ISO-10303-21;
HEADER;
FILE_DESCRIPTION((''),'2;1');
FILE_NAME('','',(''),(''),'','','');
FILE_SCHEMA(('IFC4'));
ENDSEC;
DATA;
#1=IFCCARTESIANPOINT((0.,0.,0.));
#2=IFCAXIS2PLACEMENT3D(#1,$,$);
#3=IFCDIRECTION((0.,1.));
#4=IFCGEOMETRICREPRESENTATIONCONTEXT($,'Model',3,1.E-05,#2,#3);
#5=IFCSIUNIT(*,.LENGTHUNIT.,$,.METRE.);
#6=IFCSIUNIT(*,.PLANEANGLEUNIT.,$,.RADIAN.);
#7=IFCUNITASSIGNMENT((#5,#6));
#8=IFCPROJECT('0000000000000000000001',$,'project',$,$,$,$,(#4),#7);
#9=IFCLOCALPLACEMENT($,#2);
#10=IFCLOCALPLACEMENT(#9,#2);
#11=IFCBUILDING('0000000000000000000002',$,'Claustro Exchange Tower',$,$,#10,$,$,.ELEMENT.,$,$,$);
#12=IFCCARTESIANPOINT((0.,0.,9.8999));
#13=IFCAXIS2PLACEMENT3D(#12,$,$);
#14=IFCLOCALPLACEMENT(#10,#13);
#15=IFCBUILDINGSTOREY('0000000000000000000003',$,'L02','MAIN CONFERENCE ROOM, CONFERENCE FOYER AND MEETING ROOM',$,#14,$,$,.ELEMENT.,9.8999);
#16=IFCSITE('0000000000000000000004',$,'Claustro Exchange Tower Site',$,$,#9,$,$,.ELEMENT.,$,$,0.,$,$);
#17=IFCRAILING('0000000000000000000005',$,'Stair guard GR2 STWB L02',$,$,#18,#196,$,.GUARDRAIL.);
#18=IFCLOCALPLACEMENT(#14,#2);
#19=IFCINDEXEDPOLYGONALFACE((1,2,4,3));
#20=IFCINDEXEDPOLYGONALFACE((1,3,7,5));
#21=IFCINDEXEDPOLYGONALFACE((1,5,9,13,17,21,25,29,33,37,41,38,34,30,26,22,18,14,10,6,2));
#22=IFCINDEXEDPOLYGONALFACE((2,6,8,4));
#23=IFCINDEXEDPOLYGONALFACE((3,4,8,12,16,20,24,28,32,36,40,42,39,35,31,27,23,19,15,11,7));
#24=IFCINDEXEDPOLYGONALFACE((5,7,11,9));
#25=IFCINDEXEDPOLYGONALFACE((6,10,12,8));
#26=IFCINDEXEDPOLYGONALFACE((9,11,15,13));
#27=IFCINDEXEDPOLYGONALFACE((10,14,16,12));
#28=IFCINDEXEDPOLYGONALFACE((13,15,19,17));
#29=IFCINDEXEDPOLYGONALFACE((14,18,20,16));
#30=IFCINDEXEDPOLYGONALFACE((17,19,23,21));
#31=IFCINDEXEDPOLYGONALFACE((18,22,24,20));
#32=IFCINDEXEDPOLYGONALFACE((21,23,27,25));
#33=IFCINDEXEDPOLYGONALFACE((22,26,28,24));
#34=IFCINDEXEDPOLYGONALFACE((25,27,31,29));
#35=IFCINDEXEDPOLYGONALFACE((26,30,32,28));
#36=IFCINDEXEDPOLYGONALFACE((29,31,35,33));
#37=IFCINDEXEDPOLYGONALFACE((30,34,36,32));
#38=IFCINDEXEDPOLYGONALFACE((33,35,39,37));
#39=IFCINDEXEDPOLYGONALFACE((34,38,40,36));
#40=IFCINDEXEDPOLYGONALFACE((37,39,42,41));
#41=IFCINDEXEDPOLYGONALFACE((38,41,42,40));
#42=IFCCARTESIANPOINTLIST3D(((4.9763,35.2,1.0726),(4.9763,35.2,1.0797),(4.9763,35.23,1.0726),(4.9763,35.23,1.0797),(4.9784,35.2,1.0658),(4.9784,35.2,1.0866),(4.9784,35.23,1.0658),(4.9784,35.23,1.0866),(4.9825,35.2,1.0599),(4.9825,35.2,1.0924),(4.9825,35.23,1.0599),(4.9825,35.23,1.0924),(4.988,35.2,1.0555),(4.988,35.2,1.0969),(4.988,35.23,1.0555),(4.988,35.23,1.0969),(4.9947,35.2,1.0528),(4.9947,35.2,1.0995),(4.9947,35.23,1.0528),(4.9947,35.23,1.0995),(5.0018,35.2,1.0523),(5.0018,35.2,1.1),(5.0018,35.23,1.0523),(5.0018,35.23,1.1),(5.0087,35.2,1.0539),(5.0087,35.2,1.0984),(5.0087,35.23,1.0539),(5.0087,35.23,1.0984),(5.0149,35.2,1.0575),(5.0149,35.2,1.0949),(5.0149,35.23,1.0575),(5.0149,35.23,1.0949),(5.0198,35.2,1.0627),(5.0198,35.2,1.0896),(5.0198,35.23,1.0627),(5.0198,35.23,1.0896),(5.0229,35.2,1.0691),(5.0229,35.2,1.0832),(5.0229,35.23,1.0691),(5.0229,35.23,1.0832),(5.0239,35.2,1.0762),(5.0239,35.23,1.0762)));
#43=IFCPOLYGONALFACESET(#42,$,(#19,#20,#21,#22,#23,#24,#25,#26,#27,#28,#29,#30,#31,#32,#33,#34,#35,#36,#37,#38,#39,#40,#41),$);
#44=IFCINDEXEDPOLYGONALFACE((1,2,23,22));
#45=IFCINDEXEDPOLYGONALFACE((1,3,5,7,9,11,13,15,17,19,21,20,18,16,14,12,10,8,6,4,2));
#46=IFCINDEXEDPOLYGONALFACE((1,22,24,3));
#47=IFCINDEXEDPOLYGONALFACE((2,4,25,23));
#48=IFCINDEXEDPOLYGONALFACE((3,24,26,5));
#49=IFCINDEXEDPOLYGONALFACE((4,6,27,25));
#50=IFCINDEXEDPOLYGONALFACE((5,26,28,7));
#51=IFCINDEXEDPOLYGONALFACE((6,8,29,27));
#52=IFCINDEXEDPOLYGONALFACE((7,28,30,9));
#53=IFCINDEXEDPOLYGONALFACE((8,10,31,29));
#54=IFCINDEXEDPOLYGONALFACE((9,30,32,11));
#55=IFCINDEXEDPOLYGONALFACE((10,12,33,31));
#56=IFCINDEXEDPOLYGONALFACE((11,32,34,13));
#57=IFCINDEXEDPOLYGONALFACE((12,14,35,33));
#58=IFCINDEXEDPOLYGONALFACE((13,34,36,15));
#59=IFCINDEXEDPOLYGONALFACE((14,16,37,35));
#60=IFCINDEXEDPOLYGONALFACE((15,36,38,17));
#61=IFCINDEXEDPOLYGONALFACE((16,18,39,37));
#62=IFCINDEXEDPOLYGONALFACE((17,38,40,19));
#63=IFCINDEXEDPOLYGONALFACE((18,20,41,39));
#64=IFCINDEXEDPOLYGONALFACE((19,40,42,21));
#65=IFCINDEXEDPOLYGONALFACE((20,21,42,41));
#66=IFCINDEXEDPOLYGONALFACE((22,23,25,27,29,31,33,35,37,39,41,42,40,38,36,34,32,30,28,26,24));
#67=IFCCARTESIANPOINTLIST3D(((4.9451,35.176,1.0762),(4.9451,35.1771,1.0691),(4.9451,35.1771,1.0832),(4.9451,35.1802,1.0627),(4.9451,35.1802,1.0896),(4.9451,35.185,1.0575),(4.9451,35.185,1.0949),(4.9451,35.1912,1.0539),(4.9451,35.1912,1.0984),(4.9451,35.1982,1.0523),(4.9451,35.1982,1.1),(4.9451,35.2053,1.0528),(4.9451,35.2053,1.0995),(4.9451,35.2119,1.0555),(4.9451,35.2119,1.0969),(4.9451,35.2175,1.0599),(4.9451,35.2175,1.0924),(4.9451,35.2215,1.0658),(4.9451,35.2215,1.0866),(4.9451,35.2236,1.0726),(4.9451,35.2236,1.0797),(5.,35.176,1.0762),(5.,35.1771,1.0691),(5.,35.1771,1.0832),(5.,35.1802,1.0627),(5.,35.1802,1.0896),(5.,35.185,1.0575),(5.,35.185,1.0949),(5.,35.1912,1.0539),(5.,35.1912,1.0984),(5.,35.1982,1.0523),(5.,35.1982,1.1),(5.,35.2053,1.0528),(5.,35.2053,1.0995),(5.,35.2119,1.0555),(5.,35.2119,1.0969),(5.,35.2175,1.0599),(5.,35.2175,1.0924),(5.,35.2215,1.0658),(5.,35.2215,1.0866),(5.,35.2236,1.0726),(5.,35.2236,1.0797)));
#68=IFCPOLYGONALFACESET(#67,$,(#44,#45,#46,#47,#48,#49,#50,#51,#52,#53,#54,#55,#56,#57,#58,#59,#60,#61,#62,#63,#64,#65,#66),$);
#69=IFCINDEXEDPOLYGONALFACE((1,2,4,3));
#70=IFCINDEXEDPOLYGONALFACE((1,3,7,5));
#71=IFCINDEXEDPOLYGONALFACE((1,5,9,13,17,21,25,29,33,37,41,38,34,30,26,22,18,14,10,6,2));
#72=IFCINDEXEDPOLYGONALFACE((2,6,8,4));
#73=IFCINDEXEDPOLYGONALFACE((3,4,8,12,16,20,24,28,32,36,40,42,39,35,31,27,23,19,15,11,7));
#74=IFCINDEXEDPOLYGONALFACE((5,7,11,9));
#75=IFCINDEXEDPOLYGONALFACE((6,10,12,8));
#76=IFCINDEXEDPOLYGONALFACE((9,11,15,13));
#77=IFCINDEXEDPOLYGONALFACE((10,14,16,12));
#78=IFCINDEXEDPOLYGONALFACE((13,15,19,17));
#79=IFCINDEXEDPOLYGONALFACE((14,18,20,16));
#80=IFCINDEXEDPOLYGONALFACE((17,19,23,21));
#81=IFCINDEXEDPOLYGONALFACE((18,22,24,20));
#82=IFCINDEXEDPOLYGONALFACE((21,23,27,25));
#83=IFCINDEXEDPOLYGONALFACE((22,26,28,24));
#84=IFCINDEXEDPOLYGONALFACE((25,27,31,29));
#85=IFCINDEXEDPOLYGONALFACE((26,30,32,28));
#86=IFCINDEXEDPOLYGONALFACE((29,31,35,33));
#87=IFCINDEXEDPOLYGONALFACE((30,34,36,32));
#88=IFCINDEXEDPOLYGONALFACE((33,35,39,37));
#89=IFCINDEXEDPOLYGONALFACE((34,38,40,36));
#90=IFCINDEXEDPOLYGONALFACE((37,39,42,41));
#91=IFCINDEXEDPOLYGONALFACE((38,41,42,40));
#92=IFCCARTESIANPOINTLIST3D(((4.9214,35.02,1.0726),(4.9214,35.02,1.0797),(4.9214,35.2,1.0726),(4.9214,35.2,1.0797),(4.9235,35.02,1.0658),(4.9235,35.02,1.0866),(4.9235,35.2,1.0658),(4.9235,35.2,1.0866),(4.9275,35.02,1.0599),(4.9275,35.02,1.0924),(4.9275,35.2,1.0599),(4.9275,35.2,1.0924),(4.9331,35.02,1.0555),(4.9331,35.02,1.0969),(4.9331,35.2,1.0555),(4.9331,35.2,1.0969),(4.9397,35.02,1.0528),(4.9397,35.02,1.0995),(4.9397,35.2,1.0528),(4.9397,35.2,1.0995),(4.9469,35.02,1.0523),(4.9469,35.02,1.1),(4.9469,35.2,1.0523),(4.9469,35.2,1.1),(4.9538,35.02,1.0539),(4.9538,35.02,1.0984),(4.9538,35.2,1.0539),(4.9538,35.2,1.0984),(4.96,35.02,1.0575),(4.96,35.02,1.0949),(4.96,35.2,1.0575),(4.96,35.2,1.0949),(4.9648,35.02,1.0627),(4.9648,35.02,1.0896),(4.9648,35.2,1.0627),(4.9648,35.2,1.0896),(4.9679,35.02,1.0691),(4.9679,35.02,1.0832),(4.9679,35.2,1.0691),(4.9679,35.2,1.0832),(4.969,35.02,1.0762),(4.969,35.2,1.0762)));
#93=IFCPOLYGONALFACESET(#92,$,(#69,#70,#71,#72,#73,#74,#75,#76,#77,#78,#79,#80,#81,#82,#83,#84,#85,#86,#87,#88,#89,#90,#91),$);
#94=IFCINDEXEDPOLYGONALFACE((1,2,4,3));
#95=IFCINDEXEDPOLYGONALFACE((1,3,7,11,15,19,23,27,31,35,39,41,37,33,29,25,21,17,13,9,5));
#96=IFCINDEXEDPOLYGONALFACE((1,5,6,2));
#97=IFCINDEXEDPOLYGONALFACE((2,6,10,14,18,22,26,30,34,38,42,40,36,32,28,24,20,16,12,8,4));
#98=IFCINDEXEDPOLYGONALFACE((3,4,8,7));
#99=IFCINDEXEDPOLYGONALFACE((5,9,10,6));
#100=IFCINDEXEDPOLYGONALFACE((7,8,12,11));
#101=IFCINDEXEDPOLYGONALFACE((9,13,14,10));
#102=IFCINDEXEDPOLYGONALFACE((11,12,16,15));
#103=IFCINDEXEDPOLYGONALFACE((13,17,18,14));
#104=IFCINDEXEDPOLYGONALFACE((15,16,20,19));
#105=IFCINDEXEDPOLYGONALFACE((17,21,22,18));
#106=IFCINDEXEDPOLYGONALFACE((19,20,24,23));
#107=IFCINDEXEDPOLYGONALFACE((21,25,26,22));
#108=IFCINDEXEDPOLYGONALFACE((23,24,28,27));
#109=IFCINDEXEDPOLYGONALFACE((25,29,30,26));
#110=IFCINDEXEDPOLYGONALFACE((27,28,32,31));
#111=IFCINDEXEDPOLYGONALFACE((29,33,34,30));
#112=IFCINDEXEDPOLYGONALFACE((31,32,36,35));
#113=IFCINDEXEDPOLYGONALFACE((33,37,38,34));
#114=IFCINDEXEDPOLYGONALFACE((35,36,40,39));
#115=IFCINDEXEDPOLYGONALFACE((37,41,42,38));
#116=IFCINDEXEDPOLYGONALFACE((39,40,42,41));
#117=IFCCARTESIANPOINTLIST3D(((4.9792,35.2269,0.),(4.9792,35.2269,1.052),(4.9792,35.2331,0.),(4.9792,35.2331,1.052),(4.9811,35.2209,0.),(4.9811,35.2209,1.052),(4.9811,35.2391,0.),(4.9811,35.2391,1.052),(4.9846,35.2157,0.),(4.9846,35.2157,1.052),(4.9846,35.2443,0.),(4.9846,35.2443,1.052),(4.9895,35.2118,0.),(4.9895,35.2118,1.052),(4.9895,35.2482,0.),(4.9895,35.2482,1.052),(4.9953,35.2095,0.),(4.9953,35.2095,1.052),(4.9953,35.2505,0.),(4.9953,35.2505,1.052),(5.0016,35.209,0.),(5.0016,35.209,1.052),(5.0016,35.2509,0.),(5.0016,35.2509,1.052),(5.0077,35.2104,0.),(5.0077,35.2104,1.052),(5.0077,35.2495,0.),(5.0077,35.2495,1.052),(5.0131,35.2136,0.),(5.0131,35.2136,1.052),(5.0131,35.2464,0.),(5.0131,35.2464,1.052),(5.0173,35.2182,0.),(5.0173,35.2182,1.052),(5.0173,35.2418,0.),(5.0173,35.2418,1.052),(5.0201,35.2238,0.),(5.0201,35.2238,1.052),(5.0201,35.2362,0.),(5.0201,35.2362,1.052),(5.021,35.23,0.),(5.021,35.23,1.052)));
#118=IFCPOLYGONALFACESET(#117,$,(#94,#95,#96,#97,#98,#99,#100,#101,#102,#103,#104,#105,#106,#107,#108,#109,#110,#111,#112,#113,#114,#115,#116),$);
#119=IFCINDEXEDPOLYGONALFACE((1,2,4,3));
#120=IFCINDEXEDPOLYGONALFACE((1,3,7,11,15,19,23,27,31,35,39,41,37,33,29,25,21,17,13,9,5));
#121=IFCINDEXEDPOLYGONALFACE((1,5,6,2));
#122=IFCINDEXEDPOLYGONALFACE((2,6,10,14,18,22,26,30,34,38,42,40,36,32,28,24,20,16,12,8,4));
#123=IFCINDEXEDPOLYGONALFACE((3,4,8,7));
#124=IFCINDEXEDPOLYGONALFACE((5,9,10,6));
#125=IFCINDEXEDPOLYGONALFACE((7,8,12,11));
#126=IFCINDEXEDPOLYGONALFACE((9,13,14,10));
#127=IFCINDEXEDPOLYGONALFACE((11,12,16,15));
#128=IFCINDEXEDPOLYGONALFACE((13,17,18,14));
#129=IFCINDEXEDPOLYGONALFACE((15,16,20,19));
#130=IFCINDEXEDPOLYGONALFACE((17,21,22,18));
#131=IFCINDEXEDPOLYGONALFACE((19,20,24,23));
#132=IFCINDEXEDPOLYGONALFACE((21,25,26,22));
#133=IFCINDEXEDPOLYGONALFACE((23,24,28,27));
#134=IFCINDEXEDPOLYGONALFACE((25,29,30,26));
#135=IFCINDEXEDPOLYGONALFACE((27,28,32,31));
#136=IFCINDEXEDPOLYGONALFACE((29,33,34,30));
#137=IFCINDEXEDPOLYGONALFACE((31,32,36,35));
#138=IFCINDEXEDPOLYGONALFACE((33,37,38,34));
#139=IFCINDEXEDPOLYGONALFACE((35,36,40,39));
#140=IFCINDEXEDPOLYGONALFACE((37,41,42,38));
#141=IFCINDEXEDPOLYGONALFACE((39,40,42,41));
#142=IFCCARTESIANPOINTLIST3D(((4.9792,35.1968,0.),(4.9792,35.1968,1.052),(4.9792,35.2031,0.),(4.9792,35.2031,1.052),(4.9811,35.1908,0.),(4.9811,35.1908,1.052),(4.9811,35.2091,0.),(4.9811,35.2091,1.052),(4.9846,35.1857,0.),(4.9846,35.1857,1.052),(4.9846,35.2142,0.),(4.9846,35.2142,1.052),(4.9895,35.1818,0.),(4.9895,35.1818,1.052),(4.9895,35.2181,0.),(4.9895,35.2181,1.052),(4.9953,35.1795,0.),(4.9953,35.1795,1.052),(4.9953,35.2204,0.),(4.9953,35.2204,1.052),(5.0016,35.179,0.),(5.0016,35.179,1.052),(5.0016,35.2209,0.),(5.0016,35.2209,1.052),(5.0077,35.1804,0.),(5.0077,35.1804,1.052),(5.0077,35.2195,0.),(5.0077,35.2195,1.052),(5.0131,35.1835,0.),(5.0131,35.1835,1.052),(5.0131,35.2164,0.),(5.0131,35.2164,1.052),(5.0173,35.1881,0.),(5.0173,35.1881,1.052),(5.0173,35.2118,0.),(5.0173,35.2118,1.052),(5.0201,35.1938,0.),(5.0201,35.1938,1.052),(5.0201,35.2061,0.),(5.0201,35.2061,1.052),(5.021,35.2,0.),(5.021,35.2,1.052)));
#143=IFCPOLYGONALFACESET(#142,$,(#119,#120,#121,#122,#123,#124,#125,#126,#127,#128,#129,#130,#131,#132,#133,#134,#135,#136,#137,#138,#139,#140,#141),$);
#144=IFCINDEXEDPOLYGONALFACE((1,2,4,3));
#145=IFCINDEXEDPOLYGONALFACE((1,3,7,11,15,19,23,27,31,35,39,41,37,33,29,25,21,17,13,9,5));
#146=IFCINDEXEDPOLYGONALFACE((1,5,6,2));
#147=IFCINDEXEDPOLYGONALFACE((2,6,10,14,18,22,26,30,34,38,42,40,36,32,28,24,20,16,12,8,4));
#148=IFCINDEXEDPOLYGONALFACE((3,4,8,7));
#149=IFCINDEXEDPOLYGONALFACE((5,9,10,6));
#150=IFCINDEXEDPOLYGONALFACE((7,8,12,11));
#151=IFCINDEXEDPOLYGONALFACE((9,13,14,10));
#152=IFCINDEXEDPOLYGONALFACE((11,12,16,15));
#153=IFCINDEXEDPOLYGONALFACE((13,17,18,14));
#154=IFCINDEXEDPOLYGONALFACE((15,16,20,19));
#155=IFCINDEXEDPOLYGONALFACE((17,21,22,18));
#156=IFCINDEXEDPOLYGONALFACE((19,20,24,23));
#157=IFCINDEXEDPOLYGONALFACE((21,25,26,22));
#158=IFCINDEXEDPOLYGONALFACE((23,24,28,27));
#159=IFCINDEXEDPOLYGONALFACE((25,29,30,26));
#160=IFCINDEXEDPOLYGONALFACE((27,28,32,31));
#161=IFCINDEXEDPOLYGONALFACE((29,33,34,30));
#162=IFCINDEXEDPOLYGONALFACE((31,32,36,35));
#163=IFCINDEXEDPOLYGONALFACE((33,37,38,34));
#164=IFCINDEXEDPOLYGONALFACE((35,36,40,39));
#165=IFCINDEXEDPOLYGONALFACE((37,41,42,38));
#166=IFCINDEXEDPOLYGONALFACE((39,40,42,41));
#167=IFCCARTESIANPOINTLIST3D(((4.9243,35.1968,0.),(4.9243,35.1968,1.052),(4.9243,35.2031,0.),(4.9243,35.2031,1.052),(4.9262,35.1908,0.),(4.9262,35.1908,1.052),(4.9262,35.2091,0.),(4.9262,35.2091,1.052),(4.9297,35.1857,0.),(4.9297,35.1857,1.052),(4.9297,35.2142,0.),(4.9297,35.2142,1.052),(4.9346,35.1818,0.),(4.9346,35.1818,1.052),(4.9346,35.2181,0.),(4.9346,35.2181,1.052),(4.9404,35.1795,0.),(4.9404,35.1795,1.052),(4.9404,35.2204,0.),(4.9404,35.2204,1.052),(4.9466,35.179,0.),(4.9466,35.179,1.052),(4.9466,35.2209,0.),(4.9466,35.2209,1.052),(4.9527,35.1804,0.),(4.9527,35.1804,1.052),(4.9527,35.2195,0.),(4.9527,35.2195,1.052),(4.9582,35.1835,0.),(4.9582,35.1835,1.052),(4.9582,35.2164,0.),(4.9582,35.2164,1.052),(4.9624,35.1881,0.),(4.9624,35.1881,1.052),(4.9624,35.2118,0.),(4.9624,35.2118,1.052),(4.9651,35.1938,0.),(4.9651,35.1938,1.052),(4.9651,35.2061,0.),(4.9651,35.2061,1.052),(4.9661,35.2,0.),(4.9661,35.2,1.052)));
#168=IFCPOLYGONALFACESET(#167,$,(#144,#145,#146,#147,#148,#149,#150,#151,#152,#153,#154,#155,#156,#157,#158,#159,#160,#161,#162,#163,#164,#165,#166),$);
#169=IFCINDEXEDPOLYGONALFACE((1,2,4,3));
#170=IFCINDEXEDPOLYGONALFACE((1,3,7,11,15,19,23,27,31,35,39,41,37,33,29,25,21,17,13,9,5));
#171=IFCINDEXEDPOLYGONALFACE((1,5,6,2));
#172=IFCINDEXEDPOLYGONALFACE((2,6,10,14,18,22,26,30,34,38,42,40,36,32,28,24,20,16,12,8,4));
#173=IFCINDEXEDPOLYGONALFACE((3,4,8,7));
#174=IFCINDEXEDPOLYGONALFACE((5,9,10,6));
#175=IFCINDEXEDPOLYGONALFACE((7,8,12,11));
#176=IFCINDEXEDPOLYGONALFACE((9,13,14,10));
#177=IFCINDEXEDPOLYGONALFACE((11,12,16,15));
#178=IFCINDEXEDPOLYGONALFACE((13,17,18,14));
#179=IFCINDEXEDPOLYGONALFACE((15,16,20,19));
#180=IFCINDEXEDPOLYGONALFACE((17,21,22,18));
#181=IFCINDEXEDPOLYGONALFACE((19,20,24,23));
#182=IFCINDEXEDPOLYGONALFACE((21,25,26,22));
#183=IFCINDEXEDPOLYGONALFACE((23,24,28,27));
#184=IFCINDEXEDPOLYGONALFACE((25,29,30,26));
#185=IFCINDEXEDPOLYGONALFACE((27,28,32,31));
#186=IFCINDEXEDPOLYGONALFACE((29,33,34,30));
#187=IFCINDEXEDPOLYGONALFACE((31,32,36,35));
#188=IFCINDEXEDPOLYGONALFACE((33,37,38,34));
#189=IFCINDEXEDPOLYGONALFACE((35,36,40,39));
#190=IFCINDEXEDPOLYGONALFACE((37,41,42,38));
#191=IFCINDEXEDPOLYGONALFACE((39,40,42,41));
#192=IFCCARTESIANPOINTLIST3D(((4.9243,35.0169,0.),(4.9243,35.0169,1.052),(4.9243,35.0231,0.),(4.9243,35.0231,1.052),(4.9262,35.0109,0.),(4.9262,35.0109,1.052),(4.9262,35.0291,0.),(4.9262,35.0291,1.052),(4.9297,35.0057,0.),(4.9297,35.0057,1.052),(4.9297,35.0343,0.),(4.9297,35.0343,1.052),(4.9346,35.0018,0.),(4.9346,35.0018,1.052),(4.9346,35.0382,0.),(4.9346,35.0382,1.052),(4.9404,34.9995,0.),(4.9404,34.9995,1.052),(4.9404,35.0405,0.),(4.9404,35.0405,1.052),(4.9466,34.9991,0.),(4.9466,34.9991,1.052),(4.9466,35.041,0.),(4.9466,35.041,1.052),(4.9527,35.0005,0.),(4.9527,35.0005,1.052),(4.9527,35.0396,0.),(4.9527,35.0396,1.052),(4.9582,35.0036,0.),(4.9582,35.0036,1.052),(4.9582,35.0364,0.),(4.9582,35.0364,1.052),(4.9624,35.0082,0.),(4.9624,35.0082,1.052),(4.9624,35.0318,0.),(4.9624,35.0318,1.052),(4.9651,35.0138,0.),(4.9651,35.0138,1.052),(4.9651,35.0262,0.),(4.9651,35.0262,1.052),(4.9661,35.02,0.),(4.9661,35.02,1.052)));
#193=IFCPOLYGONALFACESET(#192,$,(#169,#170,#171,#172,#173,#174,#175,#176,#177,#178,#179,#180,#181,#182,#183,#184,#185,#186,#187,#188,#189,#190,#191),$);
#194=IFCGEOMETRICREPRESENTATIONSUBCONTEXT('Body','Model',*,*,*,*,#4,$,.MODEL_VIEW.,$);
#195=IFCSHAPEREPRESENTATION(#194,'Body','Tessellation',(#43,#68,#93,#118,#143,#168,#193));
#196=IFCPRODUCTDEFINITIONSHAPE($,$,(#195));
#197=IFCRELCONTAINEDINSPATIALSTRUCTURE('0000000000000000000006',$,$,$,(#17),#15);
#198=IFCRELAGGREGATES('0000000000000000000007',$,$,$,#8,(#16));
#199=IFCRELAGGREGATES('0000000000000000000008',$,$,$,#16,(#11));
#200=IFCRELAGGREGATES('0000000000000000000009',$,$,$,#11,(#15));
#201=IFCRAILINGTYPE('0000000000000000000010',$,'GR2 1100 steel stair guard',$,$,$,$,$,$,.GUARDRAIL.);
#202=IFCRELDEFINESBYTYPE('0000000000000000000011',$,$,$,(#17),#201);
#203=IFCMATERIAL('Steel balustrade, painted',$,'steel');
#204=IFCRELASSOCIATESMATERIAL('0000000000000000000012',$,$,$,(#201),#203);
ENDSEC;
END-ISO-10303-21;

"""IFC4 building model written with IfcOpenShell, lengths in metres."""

from ifc_helpers import new_model, si_unit, direction, frame, origin, origin_2d, place, context, subcontext, project, spatial, circle, extrude, material, type_object, element, save


model = new_model("IFC4")

# Units and contexts
model_context = context("Model", 3, precision=1e-05, world=origin(), true_north=direction((0.0, 1.0)))
body_context = subcontext(model_context, "Body", "Model", "MODEL_VIEW")
ifc_project = project(units=[si_unit("LENGTHUNIT", "METRE"), si_unit("PLANEANGLEUNIT", "RADIAN")], contexts=[model_context])

# Site, building, storey
site_placement = place(None, origin())
site = spatial("IfcSite", under=ifc_project, at=site_placement, Name="Claustro Exchange Tower Site", CompositionType="ELEMENT", RefElevation=0.0)
building_placement = place(site_placement, origin())
building = spatial("IfcBuilding", under=site, at=building_placement, Name="Claustro Exchange Tower", CompositionType="ELEMENT")
storey_placement = place(building_placement, frame((0.0, 0.0, 9.8999)))
storey = spatial("IfcBuildingStorey", under=building, at=storey_placement, Name="L02", Description="MAIN CONFERENCE ROOM, CONFERENCE FOYER AND MEETING ROOM", CompositionType="ELEMENT", Elevation=9.8999)

# Railing
ifc_material_1 = material(Name="Steel balustrade, painted", Category="steel")
railing_type_1 = type_object("IfcRailingType", Name="GR2 1100 steel stair guard", PredefinedType="GUARDRAIL", material=ifc_material_1)
railing_1_placement = place(storey_placement, frame((5.0, 35.23, 0.0)))
element("IfcRailing", 1, at=railing_1_placement, inside=storey, type_object=railing_type_1, Name="Stair guard GR2 STWB L02", PredefinedType="GUARDRAIL", context=body_context, shape_type="SweptSolid", body=[
    extrude(circle(Radius=0.0239, at=origin_2d()), frame((0.0, 0.0, 1.0762), z_axis=(0.0, -1.0, 0.0), x_axis=(1.0, 0.0, 0.0)), (0.0, 0.0, 1.0), 0.03),
    extrude(circle(Radius=0.0239, at=origin_2d()), frame((0.0, -0.03, 1.0762), z_axis=(-1.0, 0.0, 0.0), x_axis=(0.0, -1.0, 0.0)), (0.0, 0.0, 1.0), 0.0549),
    extrude(circle(Radius=0.0239, at=origin_2d()), frame((-0.0549, -0.03, 1.0762), z_axis=(0.0, -1.0, 0.0), x_axis=(1.0, 0.0, 0.0)), (0.0, 0.0, 1.0), 0.1799),
    extrude(circle(Radius=0.021, at=origin_2d()), origin(), (0.0, 0.0, 1.0), 1.052),
    extrude(circle(Radius=0.021, at=origin_2d()), frame((0.0, -0.03, 0.0)), (0.0, 0.0, 1.0), 1.052),
    extrude(circle(Radius=0.021, at=origin_2d()), frame((-0.0549, -0.03, 0.0)), (0.0, 0.0, 1.0), 1.052),
    extrude(circle(Radius=0.021, at=origin_2d()), frame((-0.0549, -0.21, 0.0)), (0.0, 0.0, 1.0), 1.052),
])

save(model, "model.ifc")
